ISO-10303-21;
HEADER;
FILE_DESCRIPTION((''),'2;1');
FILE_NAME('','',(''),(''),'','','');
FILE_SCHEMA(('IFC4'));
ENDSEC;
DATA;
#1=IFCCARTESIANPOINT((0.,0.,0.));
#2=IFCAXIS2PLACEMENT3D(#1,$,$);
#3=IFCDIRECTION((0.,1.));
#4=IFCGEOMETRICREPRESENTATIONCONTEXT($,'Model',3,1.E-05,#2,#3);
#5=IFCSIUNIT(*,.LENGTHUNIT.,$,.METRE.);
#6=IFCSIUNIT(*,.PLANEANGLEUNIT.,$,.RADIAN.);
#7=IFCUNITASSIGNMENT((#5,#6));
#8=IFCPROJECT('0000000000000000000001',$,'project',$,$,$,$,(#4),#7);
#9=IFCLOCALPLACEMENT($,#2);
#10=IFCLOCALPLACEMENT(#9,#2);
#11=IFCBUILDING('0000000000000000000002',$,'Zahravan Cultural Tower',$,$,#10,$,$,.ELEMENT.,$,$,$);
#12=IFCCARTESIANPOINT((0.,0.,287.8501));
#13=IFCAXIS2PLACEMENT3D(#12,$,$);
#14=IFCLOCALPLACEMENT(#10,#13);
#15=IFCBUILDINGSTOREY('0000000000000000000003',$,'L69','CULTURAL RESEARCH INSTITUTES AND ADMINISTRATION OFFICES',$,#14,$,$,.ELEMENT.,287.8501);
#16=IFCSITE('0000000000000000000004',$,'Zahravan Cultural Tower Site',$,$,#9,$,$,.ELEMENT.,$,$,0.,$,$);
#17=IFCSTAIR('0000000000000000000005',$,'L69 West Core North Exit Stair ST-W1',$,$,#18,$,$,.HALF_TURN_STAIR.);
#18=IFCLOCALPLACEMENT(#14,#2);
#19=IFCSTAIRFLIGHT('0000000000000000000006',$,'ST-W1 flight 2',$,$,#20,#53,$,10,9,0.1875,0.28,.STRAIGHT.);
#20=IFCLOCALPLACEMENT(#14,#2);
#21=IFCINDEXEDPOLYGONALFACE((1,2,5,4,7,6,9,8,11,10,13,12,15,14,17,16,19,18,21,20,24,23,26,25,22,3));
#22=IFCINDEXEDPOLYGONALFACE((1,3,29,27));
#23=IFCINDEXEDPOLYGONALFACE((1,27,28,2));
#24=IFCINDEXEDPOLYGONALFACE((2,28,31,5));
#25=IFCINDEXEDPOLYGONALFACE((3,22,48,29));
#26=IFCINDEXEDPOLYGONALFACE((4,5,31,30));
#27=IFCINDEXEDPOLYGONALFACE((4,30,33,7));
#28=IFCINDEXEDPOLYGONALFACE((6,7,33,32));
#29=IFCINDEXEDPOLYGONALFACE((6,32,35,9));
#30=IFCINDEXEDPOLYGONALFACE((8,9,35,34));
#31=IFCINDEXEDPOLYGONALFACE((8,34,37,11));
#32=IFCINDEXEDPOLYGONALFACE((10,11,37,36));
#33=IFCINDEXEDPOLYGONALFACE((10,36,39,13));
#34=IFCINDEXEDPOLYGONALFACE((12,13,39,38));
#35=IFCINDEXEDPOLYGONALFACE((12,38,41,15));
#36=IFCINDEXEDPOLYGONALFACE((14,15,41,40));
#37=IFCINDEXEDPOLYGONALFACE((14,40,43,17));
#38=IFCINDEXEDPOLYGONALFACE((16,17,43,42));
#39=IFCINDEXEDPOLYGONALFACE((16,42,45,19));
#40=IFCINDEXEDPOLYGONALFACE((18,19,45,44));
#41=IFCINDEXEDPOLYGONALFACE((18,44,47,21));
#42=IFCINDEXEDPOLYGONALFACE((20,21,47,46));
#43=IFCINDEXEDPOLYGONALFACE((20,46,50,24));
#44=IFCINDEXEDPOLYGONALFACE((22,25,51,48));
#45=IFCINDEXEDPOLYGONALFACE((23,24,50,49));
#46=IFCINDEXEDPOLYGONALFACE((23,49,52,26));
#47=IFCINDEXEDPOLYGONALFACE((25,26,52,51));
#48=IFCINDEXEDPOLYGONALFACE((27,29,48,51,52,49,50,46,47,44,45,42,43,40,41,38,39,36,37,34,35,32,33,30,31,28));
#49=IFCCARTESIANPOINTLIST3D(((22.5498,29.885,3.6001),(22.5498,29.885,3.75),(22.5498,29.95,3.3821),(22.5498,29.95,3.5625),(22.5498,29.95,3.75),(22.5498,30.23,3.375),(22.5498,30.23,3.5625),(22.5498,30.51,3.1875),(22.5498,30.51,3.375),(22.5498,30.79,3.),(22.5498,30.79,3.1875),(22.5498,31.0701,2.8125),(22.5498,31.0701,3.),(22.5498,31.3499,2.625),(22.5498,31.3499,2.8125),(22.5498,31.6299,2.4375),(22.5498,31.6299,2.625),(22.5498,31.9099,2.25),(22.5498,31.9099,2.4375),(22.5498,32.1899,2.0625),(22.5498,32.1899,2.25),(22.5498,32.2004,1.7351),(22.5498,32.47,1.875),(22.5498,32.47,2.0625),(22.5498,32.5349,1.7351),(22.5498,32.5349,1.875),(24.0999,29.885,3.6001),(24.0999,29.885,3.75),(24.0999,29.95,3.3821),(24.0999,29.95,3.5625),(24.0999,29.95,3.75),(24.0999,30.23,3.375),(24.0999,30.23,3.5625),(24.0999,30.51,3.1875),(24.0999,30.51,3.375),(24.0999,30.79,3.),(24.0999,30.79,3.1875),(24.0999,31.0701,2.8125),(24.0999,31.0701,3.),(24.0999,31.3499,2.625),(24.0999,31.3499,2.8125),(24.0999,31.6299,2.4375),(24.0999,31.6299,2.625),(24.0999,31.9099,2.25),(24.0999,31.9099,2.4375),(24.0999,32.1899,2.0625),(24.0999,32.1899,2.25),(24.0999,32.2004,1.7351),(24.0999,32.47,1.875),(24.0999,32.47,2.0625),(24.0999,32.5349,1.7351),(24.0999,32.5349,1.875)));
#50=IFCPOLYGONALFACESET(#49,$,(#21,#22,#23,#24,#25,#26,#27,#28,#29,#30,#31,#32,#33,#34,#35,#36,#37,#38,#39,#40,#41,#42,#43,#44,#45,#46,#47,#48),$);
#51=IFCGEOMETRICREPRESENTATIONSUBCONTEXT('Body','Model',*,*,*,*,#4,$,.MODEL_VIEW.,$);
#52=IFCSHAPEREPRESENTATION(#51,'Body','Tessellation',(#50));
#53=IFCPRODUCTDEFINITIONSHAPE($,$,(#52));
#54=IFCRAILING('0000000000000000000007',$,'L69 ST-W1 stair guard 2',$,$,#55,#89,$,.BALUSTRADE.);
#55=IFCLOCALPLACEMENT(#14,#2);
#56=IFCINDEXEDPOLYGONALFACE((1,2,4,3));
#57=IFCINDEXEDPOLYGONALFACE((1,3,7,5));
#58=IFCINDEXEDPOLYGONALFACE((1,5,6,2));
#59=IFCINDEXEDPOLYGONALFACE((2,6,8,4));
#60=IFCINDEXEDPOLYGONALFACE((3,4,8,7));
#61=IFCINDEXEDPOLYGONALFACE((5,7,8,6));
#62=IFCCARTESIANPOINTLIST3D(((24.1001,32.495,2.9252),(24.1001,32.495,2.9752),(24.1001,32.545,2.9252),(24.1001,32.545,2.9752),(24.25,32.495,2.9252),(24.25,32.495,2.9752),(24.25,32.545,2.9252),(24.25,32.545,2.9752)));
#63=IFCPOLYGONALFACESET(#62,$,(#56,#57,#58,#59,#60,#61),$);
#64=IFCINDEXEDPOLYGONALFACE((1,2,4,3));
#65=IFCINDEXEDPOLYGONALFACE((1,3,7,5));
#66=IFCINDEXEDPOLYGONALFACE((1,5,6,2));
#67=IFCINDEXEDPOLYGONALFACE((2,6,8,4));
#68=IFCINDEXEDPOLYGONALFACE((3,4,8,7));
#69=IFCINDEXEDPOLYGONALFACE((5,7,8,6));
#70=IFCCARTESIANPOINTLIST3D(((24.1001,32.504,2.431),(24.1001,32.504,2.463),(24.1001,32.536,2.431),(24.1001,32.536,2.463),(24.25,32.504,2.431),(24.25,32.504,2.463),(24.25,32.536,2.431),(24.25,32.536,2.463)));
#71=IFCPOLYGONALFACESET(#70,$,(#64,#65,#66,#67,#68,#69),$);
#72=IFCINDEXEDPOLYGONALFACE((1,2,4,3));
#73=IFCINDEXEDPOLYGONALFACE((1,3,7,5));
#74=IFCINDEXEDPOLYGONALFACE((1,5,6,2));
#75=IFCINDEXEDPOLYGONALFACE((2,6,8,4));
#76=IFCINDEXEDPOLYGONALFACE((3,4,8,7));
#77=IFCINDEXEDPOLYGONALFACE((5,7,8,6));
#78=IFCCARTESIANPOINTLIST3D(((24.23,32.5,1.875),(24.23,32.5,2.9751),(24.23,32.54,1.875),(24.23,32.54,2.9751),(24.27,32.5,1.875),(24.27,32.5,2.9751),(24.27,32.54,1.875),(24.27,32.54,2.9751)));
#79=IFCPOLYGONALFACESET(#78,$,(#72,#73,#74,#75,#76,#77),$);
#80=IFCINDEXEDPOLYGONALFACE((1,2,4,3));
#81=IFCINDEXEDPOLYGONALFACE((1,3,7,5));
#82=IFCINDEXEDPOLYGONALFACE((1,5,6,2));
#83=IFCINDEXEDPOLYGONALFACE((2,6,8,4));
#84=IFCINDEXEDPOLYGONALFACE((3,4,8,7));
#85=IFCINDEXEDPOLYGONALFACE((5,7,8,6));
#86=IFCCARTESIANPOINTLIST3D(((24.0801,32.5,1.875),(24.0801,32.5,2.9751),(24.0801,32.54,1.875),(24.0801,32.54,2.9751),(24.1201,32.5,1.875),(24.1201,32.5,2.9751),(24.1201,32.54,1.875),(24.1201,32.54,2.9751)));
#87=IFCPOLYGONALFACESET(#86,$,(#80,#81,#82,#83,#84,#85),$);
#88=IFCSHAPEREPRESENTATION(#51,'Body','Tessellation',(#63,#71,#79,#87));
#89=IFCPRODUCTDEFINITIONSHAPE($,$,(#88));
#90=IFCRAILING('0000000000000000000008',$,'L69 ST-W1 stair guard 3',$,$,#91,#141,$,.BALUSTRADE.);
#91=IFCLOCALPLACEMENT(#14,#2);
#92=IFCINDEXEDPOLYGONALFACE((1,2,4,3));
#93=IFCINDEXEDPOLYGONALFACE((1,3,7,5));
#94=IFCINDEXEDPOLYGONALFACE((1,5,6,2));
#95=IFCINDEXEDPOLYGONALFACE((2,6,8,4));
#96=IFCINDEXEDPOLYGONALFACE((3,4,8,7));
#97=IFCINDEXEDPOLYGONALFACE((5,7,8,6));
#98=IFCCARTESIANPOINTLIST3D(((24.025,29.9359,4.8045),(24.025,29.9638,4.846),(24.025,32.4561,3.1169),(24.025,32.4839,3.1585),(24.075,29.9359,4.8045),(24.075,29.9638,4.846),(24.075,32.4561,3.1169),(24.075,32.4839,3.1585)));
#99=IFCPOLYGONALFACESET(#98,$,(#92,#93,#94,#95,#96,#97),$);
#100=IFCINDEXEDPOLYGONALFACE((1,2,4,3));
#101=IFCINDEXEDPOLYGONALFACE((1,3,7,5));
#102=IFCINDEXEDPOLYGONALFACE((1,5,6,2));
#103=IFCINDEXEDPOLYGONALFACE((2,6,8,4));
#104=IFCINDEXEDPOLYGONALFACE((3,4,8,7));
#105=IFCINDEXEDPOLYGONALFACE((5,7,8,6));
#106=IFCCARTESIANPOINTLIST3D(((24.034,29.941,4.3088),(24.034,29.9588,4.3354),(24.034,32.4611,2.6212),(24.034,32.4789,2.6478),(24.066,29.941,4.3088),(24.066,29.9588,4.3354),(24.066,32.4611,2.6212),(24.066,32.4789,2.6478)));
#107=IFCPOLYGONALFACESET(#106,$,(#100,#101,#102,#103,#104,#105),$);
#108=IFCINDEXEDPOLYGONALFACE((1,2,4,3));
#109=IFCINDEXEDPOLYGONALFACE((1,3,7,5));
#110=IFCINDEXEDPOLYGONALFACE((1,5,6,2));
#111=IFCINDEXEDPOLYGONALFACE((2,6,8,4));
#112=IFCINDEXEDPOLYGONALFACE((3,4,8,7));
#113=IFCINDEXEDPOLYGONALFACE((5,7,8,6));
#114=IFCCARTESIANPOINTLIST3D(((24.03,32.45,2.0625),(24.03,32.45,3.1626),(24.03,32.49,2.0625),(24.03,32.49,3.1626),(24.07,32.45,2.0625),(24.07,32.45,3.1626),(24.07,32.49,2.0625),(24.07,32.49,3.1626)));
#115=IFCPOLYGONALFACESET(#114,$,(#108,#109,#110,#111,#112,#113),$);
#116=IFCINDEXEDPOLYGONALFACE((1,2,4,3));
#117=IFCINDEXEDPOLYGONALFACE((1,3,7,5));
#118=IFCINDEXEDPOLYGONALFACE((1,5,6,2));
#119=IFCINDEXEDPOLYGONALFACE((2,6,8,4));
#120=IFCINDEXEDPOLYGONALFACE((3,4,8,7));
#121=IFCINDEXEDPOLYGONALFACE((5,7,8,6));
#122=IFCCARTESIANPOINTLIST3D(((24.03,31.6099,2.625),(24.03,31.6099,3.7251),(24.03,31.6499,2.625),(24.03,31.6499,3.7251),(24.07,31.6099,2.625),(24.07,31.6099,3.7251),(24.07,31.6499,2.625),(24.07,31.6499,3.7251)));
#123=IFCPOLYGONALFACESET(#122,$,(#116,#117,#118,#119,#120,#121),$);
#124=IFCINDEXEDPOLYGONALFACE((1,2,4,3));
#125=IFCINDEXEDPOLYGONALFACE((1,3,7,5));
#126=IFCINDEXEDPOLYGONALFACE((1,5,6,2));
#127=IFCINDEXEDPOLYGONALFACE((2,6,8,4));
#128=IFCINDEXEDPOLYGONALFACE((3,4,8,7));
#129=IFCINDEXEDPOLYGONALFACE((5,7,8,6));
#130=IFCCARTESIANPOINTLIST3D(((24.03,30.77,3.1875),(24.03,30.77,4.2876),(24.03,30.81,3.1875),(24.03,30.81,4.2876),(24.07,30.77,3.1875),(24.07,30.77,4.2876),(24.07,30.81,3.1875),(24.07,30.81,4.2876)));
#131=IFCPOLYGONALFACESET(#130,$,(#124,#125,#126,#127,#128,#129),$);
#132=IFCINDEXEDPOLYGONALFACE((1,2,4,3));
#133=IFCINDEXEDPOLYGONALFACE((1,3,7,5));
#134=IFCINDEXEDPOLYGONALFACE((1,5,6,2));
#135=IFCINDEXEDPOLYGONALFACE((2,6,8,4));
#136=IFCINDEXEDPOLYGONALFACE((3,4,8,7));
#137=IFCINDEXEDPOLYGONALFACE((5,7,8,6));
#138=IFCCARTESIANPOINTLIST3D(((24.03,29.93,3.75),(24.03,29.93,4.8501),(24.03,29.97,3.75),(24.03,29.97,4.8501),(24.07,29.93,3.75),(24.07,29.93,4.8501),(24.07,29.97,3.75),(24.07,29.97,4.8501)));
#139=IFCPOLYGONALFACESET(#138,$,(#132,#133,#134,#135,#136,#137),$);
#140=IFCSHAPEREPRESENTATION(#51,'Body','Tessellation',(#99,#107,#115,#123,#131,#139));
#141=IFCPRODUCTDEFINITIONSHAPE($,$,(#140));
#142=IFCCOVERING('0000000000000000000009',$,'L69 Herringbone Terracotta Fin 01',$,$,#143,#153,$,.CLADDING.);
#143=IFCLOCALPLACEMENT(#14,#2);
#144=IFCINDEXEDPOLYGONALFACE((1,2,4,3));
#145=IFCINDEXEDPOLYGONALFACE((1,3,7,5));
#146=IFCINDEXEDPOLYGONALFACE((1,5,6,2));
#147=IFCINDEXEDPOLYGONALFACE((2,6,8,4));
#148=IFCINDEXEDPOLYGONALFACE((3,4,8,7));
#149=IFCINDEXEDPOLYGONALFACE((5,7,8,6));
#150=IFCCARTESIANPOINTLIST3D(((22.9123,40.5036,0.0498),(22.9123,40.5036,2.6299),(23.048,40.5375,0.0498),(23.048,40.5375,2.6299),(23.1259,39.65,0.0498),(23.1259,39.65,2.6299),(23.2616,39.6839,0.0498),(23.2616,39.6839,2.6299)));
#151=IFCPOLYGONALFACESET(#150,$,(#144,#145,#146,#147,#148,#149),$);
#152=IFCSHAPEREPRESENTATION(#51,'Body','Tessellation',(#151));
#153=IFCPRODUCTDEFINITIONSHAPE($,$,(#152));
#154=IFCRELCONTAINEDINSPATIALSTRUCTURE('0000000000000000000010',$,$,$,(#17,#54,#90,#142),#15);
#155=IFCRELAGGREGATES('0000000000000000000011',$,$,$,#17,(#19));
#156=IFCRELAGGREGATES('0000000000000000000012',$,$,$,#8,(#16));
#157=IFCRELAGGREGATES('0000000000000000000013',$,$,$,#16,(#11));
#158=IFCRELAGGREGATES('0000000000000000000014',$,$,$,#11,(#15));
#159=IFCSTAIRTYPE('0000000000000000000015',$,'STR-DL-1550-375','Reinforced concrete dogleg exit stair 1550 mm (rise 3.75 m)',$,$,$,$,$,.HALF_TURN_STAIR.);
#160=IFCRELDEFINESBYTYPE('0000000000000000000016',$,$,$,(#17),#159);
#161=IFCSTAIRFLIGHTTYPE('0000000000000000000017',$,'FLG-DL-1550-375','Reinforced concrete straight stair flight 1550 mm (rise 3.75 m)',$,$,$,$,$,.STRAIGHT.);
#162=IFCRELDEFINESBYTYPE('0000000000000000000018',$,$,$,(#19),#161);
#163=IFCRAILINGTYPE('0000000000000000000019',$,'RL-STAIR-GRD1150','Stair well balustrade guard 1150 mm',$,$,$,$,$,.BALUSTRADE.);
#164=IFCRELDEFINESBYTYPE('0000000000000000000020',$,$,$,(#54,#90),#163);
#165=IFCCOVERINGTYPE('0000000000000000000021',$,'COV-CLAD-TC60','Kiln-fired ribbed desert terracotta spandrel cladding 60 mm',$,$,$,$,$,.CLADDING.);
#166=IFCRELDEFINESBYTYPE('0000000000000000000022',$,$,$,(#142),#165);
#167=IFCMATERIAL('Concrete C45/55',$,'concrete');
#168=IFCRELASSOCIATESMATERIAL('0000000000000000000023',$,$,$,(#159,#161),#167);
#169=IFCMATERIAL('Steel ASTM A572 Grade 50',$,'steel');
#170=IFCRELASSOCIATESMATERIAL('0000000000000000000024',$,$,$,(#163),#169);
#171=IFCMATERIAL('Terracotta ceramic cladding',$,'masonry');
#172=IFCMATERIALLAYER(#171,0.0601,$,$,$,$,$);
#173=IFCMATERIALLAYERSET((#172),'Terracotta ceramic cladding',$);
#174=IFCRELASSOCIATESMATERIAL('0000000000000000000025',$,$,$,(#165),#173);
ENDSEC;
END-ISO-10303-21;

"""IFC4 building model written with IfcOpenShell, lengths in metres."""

from ifc_helpers import new_model, si_unit, direction, frame, origin, origin_2d, place, context, subcontext, project, spatial, polyline, rectangle, outline, extrude, source, transform, mapped, material, layer, layer_set, type_object, element, aggregate, save


model = new_model("IFC4")

# Units and contexts
model_context = context("Model", 3, precision=1e-05, world=origin(), true_north=direction((0.0, 1.0)))
body_context = subcontext(model_context, "Body", "Model", "MODEL_VIEW")
ifc_project = project(units=[si_unit("LENGTHUNIT", "METRE"), si_unit("PLANEANGLEUNIT", "RADIAN")], contexts=[model_context])

# Site, building, storey
site_placement = place(None, origin())
site = spatial("IfcSite", under=ifc_project, at=site_placement, Name="Zahravan Cultural Tower Site", CompositionType="ELEMENT", RefElevation=0.0)
building_placement = place(site_placement, origin())
building = spatial("IfcBuilding", under=site, at=building_placement, Name="Zahravan Cultural Tower", CompositionType="ELEMENT")
storey_placement = place(building_placement, frame((0.0, 0.0, 287.8501)))
storey = spatial("IfcBuildingStorey", under=building, at=storey_placement, Name="L69", Description="CULTURAL RESEARCH INSTITUTES AND ADMINISTRATION OFFICES", CompositionType="ELEMENT", Elevation=287.8501)

# Shared definitions
ifc_material_1 = material(Name="Concrete C45/55", Category="concrete")

# Stair, stair flight
stair_type = type_object("IfcStairType", Name="STR-DL-1550-375", Description="Reinforced concrete dogleg exit stair 1550 mm (rise 3.75 m)", PredefinedType="HALF_TURN_STAIR", material=ifc_material_1)
stair_placement = place(storey_placement, origin())
stair = element("IfcStair", 1, at=stair_placement, inside=storey, type_object=stair_type, Name="L69 West Core North Exit Stair ST-W1", PredefinedType="HALF_TURN_STAIR")
stair_flight_type = type_object("IfcStairFlightType", Name="FLG-DL-1550-375", Description="Reinforced concrete straight stair flight 1550 mm (rise 3.75 m)", PredefinedType="STRAIGHT", material=ifc_material_1)
stair_flight_placement = place(storey_placement, frame((23.325, 32.47, 1.875), z_axis=(0.0, 0.0, 1.0), x_axis=(0.0, -1.0, 0.0)))
stair_flight = element("IfcStairFlight", 2, at=stair_flight_placement, type_object=stair_flight_type, Name="ST-W1 flight 2", NumberOfRisers=10, NumberOfTreads=9, PredefinedType="STRAIGHT", RiserHeight=0.1875, TreadLength=0.28, context=body_context, shape_type="SweptSolid", body=[
    extrude(outline(polyline([(-0.0649, -0.1399), (-0.0649, 0.0), (0.0, 0.0), (0.0, 0.1875), (0.28, 0.1875), (0.28, 0.375), (0.5601, 0.375), (0.5601, 0.5625), (0.8401, 0.5625), (0.8401, 0.75), (1.1201, 0.75), (1.1201, 0.9375), (1.3999, 0.9375), (1.3999, 1.125), (1.6799, 1.125), (1.6799, 1.3125), (1.96, 1.3125), (1.96, 1.5), (2.24, 1.5), (2.24, 1.6875), (2.52, 1.6875), (2.52, 1.875), (2.585, 1.875), (2.585, 1.7251), (2.52, 1.5071), (0.2695, -0.1399), (-0.0649, -0.1399)])), frame((0.0, 0.7749, 0.0), z_axis=(0.0, -1.0, 0.0), x_axis=(1.0, 0.0, 0.0)), (0.0, 0.0, 1.0), 1.55),
])
aggregate(stair, [stair_flight])

# Railings
ifc_material_2 = material(Name="Steel ASTM A572 Grade 50", Category="steel")
railing_type = type_object("IfcRailingType", Name="RL-STAIR-GRD1150", Description="Stair well balustrade guard 1150 mm", PredefinedType="BALUSTRADE", material=ifc_material_2)
railing_1_placement = place(storey_placement, frame((24.25, 32.52, 1.875)))
element("IfcRailing", 3, at=railing_1_placement, inside=storey, type_object=railing_type, Name="L69 ST-W1 stair guard 2", PredefinedType="BALUSTRADE", context=body_context, shape_type="SweptSolid", body=[
    extrude(rectangle(XDim=0.05, YDim=0.05, at=origin_2d()), frame((0.0, 0.0, 1.0752), z_axis=(-1.0, 0.0, 0.0), x_axis=(0.0, -1.0, 0.0)), (0.0, 0.0, 1.0), 0.1499),
    extrude(rectangle(XDim=0.032, YDim=0.032, at=origin_2d()), frame((0.0, 0.0, 0.572), z_axis=(-1.0, 0.0, 0.0), x_axis=(0.0, -1.0, 0.0)), (0.0, 0.0, 1.0), 0.1499),
    extrude(rectangle(XDim=0.04, YDim=0.04, at=origin_2d()), origin(), (0.0, 0.0, 1.0), 1.1001),
    extrude(rectangle(XDim=0.04, YDim=0.04, at=origin_2d()), frame((-0.1499, 0.0, 0.0)), (0.0, 0.0, 1.0), 1.1001),
])
railing_2_placement = place(storey_placement, frame((24.05, 32.47, 2.0625)))
element("IfcRailing", 4, at=railing_2_placement, inside=storey, type_object=railing_type, Name="L69 ST-W1 stair guard 3", PredefinedType="BALUSTRADE", context=body_context, shape_type="SweptSolid", body=[
    extrude(rectangle(XDim=0.05, YDim=0.05, at=origin_2d()), frame((0.0, 0.0, 1.0752), z_axis=(0.0, -0.830909, 0.556408), x_axis=(1.0, 0.0, 0.0)), (0.0, 0.0, 1.0), 3.033),
    extrude(rectangle(XDim=0.032, YDim=0.032, at=origin_2d()), frame((0.0, 0.0, 0.572), z_axis=(0.0, -0.830909, 0.556408), x_axis=(1.0, 0.0, 0.0)), (0.0, 0.0, 1.0), 3.033),
    extrude(rectangle(XDim=0.04, YDim=0.04, at=origin_2d()), origin(), (0.0, 0.0, 1.0), 1.1001),
    extrude(rectangle(XDim=0.04, YDim=0.04, at=origin_2d()), frame((0.0, -0.8401, 0.5625)), (0.0, 0.0, 1.0), 1.1001),
    extrude(rectangle(XDim=0.04, YDim=0.04, at=origin_2d()), frame((0.0, -1.6799, 1.125)), (0.0, 0.0, 1.0), 1.1001),
    extrude(rectangle(XDim=0.04, YDim=0.04, at=origin_2d()), frame((0.0, -2.52, 1.6875)), (0.0, 0.0, 1.0), 1.1001),
])

# Covering
ifc_material_3 = material(Name="Terracotta ceramic cladding", Category="masonry")
ifc_layer_1 = layer(ifc_material_3, 0.0601)
ifc_layer_set_1 = layer_set([ifc_layer_1], Name="Terracotta ceramic cladding")
covering_type = type_object("IfcCoveringType", Name="COV-CLAD-TC60", Description="Kiln-fired ribbed desert terracotta spandrel cladding 60 mm", PredefinedType="CLADDING", material=ifc_layer_set_1)
shared_shape_1 = source(origin(), body_context, "Body", "SweptSolid", [
    extrude(rectangle(XDim=0.8799, YDim=0.1399, at=origin_2d()), origin(), (0.0, 0.0, 1.0), 2.5801),
])
covering_placement = place(storey_placement, frame((23.0869, 40.0938, 0.0498), z_axis=(0.0, 0.0, 1.0), x_axis=(-0.242752, 0.970088, 0.0)))
element("IfcCovering", 5, at=covering_placement, inside=storey, type_object=covering_type, Name="L69 Herringbone Terracotta Fin 01", PredefinedType="CLADDING", context=body_context, shape_type="MappedRepresentation", body=[
    mapped(shared_shape_1, transform((0.0, 0.0, 0.0), x_axis=(1.0, 0.0, 0.0), y_axis=(0.0, 1.0, 0.0), z_axis=(0.0, 0.0, 1.0), scale=1.0)),
])

save(model, "model.ifc")
